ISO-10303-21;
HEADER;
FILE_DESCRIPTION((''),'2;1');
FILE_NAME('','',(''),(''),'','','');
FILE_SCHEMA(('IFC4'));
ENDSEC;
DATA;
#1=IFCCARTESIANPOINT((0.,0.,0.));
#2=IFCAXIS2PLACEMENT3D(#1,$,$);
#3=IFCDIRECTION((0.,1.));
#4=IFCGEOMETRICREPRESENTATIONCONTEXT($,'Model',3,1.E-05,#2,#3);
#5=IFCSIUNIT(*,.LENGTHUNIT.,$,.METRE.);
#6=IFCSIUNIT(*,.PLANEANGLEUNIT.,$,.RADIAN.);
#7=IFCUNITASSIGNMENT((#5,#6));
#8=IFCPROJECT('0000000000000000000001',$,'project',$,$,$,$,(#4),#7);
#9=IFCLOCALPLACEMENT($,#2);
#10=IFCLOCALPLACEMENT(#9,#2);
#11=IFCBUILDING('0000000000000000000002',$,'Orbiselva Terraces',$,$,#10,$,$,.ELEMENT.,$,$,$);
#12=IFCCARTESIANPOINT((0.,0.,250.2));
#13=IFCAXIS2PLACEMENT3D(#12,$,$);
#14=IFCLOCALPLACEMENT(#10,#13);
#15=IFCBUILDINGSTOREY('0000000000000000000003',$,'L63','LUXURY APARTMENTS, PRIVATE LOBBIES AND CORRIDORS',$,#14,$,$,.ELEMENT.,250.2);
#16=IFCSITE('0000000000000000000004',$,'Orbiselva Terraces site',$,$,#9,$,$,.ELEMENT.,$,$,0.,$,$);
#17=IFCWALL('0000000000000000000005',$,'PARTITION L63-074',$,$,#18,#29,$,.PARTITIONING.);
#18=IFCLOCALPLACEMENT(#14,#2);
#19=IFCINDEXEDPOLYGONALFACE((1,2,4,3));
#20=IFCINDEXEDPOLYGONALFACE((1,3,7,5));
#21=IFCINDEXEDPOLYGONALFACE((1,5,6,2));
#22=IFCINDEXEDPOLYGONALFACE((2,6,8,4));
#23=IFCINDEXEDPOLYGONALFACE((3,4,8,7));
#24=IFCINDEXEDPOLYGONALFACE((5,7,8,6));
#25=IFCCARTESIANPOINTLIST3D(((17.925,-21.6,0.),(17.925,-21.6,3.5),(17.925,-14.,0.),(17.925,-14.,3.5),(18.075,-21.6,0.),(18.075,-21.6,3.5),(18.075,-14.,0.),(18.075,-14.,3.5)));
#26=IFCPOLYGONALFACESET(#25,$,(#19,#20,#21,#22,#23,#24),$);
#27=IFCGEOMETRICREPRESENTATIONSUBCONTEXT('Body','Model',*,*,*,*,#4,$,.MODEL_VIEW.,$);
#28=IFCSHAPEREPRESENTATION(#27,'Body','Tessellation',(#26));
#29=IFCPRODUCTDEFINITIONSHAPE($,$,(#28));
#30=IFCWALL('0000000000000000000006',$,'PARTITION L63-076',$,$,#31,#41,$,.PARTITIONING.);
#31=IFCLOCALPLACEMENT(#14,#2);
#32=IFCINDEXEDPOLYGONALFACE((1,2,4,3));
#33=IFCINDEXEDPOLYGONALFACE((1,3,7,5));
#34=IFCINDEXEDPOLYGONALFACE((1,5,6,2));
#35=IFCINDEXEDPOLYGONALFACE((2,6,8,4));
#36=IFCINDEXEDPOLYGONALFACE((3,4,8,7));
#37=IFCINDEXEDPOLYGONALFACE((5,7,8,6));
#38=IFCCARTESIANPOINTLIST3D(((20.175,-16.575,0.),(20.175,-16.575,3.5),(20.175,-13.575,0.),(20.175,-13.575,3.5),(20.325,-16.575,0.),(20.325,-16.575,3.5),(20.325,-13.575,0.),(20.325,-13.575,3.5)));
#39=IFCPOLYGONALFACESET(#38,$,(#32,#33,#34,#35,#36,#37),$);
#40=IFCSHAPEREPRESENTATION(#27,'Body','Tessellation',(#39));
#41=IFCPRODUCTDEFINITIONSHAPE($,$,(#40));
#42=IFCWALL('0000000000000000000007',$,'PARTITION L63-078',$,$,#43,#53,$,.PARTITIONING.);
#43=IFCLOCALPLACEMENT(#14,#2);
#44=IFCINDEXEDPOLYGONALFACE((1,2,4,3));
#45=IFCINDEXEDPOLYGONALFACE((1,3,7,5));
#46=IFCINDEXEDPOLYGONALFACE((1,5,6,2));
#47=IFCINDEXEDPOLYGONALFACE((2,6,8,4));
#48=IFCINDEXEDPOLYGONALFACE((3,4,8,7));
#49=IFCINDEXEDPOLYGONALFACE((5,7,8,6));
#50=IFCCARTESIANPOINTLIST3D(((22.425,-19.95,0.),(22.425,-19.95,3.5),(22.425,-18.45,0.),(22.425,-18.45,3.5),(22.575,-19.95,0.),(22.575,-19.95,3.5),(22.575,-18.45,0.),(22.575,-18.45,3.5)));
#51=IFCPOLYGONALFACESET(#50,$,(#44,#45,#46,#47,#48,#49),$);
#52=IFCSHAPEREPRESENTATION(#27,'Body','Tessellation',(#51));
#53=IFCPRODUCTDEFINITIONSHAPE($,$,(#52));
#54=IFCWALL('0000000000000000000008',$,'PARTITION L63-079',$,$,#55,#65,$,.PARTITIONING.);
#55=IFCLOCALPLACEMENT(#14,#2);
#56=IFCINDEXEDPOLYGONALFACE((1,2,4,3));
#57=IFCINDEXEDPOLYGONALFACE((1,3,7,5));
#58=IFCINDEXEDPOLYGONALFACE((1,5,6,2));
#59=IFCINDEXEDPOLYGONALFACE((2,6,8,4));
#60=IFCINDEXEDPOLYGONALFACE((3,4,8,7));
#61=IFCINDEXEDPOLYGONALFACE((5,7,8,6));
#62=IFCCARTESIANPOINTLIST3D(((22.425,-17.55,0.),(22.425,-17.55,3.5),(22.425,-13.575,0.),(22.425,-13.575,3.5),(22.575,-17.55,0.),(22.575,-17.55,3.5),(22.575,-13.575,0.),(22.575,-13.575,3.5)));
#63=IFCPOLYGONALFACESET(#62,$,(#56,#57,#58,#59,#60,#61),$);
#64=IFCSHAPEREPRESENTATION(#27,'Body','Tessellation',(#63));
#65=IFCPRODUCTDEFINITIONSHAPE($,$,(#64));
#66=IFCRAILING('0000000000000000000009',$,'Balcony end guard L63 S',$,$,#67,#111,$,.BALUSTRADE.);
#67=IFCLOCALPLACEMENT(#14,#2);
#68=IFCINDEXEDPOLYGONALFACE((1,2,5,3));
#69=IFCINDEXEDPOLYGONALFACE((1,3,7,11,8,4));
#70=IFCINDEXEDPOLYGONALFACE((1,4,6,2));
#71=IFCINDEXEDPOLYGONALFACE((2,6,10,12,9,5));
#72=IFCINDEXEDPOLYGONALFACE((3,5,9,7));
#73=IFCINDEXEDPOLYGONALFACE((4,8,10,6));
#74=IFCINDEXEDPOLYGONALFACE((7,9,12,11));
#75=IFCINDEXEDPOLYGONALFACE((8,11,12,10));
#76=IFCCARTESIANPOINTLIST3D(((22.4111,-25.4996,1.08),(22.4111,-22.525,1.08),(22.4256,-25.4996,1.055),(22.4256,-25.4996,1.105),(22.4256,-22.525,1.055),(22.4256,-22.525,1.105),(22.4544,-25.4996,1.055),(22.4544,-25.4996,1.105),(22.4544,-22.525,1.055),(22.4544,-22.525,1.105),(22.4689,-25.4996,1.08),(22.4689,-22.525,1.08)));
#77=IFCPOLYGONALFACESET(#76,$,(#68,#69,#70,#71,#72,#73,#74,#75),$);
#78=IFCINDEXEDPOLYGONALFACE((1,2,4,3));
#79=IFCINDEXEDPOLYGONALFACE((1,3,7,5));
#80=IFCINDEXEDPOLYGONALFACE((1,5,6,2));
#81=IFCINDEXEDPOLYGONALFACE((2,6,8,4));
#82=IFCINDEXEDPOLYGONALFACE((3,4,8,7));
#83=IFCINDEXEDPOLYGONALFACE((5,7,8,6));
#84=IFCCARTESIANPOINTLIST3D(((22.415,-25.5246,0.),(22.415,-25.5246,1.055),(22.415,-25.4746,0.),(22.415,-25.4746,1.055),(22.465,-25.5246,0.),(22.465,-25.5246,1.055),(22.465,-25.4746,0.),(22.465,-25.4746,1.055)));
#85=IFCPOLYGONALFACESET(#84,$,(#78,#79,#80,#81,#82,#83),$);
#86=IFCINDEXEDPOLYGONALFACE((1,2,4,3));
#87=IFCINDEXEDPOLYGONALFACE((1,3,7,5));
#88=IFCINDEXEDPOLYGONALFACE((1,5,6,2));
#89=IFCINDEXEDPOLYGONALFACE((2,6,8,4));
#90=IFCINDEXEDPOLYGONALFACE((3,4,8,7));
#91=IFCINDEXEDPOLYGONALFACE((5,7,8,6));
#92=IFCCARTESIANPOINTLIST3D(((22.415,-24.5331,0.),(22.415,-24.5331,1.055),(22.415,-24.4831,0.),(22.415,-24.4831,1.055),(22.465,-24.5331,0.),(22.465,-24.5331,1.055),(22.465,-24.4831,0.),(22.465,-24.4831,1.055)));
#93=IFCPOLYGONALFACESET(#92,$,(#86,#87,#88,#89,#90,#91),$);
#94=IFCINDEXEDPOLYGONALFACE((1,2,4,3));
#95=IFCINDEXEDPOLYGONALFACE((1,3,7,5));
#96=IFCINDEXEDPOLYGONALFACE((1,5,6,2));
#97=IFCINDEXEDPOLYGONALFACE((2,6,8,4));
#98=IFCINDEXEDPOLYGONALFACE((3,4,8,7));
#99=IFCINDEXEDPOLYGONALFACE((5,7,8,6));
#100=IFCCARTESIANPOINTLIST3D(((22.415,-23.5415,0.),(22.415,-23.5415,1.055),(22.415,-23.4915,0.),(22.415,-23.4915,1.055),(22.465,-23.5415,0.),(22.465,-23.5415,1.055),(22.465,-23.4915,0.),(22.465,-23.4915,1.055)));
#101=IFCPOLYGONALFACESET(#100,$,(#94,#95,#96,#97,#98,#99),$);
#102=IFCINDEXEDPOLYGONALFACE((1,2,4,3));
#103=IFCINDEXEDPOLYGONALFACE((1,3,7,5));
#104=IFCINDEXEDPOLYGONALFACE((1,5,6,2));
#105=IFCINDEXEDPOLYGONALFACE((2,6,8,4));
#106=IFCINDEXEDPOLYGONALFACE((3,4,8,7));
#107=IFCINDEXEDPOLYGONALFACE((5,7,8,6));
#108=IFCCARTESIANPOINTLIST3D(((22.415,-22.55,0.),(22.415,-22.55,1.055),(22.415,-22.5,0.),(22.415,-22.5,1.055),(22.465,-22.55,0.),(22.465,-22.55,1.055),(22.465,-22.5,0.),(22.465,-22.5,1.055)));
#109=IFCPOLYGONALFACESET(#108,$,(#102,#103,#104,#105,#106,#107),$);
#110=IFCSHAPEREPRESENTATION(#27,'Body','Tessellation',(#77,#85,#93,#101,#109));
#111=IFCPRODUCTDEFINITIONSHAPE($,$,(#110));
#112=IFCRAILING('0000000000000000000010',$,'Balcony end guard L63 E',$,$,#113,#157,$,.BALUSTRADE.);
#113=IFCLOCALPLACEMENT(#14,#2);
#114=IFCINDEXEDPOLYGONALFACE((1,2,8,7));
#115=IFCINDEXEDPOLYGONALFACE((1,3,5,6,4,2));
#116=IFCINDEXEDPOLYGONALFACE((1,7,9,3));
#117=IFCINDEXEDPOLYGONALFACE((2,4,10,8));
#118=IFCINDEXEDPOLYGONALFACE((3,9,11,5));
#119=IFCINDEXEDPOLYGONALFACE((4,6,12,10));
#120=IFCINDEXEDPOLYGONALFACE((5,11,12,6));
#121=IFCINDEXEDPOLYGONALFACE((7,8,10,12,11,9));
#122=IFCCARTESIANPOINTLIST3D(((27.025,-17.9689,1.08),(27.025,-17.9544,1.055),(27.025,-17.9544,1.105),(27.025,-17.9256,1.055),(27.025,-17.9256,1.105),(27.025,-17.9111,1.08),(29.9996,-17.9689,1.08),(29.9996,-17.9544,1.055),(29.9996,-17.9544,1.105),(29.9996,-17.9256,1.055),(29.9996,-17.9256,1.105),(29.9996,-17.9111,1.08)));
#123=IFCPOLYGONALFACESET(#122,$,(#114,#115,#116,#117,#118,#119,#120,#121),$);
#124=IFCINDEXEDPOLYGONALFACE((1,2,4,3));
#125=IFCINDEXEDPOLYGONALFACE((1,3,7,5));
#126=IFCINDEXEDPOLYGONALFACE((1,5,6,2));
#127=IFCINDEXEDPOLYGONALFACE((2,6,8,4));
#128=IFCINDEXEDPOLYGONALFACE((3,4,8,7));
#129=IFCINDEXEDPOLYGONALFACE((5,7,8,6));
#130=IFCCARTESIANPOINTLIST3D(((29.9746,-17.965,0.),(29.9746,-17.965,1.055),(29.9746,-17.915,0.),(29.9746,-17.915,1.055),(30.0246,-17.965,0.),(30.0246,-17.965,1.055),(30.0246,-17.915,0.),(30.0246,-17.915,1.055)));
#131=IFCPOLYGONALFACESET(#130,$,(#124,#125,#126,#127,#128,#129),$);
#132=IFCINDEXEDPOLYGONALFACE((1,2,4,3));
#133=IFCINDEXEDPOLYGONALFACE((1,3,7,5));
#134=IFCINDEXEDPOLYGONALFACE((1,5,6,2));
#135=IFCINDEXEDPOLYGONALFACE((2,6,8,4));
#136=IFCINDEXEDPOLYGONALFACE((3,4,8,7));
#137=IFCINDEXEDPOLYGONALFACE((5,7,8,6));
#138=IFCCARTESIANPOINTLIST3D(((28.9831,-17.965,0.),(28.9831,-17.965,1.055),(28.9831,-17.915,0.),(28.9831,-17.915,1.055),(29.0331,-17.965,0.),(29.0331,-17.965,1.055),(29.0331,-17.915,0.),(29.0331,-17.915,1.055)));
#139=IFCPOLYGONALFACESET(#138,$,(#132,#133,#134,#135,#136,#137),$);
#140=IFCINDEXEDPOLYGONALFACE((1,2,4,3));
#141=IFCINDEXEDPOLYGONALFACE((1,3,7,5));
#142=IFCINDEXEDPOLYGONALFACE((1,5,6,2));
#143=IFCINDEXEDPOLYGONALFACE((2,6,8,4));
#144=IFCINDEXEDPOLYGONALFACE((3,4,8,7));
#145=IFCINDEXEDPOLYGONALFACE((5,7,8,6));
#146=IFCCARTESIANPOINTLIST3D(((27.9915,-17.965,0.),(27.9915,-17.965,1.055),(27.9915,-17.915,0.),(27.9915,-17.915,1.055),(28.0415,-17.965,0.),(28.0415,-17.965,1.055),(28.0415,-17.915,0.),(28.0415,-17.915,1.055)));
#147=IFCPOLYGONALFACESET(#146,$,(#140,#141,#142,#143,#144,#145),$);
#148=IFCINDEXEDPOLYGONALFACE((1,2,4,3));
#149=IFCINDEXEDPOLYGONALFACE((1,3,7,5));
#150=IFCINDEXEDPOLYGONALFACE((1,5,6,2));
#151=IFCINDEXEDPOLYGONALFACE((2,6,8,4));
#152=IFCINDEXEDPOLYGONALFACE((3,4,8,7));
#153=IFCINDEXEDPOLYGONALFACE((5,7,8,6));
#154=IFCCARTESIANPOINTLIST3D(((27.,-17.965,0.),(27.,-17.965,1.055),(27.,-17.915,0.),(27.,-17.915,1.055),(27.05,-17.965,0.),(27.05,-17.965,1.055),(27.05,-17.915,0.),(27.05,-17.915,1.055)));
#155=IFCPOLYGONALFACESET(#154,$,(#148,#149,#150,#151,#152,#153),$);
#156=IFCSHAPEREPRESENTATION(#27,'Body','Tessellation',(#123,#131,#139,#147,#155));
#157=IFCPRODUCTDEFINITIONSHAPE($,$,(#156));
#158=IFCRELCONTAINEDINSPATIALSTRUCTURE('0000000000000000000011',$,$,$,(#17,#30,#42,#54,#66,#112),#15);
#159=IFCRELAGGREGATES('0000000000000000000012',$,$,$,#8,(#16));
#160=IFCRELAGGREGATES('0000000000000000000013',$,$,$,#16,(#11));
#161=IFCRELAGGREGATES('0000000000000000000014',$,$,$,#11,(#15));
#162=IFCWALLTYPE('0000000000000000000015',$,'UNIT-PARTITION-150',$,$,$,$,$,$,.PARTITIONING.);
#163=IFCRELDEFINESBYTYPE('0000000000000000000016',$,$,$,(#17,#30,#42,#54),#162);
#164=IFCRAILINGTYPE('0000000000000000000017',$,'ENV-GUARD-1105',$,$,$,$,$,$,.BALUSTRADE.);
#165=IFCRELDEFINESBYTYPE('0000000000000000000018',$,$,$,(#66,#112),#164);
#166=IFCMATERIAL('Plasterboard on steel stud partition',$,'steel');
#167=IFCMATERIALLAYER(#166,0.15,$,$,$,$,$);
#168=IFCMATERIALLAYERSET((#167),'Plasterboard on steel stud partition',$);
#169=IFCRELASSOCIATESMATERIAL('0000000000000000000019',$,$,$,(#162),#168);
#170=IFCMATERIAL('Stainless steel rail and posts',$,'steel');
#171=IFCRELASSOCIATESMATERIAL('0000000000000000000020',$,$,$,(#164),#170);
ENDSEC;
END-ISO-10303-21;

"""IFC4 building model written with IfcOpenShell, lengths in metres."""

from ifc_helpers import new_model, si_unit, direction, frame, frame_2d, origin, origin_2d, place, context, subcontext, project, spatial, polyline, rectangle, outline, extrude, material, layer, layer_set, type_object, element, save


model = new_model("IFC4")

# Units and contexts
model_context = context("Model", 3, precision=1e-05, world=origin(), true_north=direction((0.0, 1.0)))
body_context = subcontext(model_context, "Body", "Model", "MODEL_VIEW")
ifc_project = project(units=[si_unit("LENGTHUNIT", "METRE"), si_unit("PLANEANGLEUNIT", "RADIAN")], contexts=[model_context])

# Site, building, storey
site_placement = place(None, origin())
site = spatial("IfcSite", under=ifc_project, at=site_placement, Name="Orbiselva Terraces site", CompositionType="ELEMENT", RefElevation=0.0)
building_placement = place(site_placement, origin())
building = spatial("IfcBuilding", under=site, at=building_placement, Name="Orbiselva Terraces", CompositionType="ELEMENT")
storey_placement = place(building_placement, frame((0.0, 0.0, 250.2)))
storey = spatial("IfcBuildingStorey", under=building, at=storey_placement, Name="L63", Description="LUXURY APARTMENTS, PRIVATE LOBBIES AND CORRIDORS", CompositionType="ELEMENT", Elevation=250.2)

# Walls
ifc_material_1 = material(Name="Plasterboard on steel stud partition", Category="steel")
ifc_layer_1 = layer(ifc_material_1, 0.15)
ifc_layer_set_1 = layer_set([ifc_layer_1], Name="Plasterboard on steel stud partition")
wall_type_1 = type_object("IfcWallType", Name="UNIT-PARTITION-150", PredefinedType="PARTITIONING", material=ifc_layer_set_1)
wall_1_placement = place(storey_placement, frame((18.0, -21.6, 0.0), z_axis=(0.0, 0.0, 1.0), x_axis=(0.0, 1.0, 0.0)))
element("IfcWall", 1, at=wall_1_placement, inside=storey, type_object=wall_type_1, Name="PARTITION L63-074", PredefinedType="PARTITIONING", context=body_context, shape_type="SweptSolid", body=[
    extrude(rectangle(XDim=7.6, YDim=0.15, at=frame_2d((3.8, 0.0))), origin(), (0.0, 0.0, 1.0), 3.5),
])
wall_2_placement = place(storey_placement, frame((20.25, -16.575, 0.0), z_axis=(0.0, 0.0, 1.0), x_axis=(0.0, 1.0, 0.0)))
element("IfcWall", 2, at=wall_2_placement, inside=storey, type_object=wall_type_1, Name="PARTITION L63-076", PredefinedType="PARTITIONING", context=body_context, shape_type="SweptSolid", body=[
    extrude(rectangle(XDim=3.0, YDim=0.15, at=frame_2d((1.5, 0.0))), origin(), (0.0, 0.0, 1.0), 3.5),
])
wall_3_placement = place(storey_placement, frame((22.5, -19.95, 0.0), z_axis=(0.0, 0.0, 1.0), x_axis=(0.0, 1.0, 0.0)))
element("IfcWall", 3, at=wall_3_placement, inside=storey, type_object=wall_type_1, Name="PARTITION L63-078", PredefinedType="PARTITIONING", context=body_context, shape_type="SweptSolid", body=[
    extrude(rectangle(XDim=1.5, YDim=0.15, at=frame_2d((0.75, 0.0))), origin(), (0.0, 0.0, 1.0), 3.5),
])
wall_4_placement = place(storey_placement, frame((22.5, -17.55, 0.0), z_axis=(0.0, 0.0, 1.0), x_axis=(0.0, 1.0, 0.0)))
element("IfcWall", 4, at=wall_4_placement, inside=storey, type_object=wall_type_1, Name="PARTITION L63-079", PredefinedType="PARTITIONING", context=body_context, shape_type="SweptSolid", body=[
    extrude(rectangle(XDim=3.975, YDim=0.15, at=frame_2d((1.9875, 0.0))), origin(), (0.0, 0.0, 1.0), 3.5),
])

# Railings
ifc_material_2 = material(Name="Stainless steel rail and posts", Category="steel")
railing_type_1 = type_object("IfcRailingType", Name="ENV-GUARD-1105", PredefinedType="BALUSTRADE", material=ifc_material_2)
railing_1_placement = place(storey_placement, frame((22.44, -25.4996, 0.0)))
element("IfcRailing", 5, at=railing_1_placement, inside=storey, type_object=railing_type_1, Name="Balcony end guard L63 S", PredefinedType="BALUSTRADE", context=body_context, shape_type="SweptSolid", body=[
    extrude(outline(polyline([(0.0289, 0.0), (0.0144, 0.025), (-0.0144, 0.025), (-0.0289, 0.0), (-0.0144, -0.025), (0.0144, -0.025), (0.0289, 0.0)])), frame((0.0, 0.0, 1.08), z_axis=(0.0, 1.0, 0.0), x_axis=(-1.0, 0.0, 0.0)), (0.0, 0.0, 1.0), 2.9746),
    extrude(rectangle(XDim=0.05, YDim=0.05, at=origin_2d()), origin(), (0.0, 0.0, 1.0), 1.055),
    extrude(rectangle(XDim=0.05, YDim=0.05, at=origin_2d()), frame((0.0, 0.9915, 0.0)), (0.0, 0.0, 1.0), 1.055),
    extrude(rectangle(XDim=0.05, YDim=0.05, at=origin_2d()), frame((0.0, 1.9831, 0.0)), (0.0, 0.0, 1.0), 1.055),
    extrude(rectangle(XDim=0.05, YDim=0.05, at=origin_2d()), frame((0.0, 2.9746, 0.0)), (0.0, 0.0, 1.0), 1.055),
])
railing_2_placement = place(storey_placement, frame((29.9996, -17.94, 0.0)))
element("IfcRailing", 6, at=railing_2_placement, inside=storey, type_object=railing_type_1, Name="Balcony end guard L63 E", PredefinedType="BALUSTRADE", context=body_context, shape_type="SweptSolid", body=[
    extrude(outline(polyline([(0.0289, 0.0), (0.0144, 0.025), (-0.0144, 0.025), (-0.0289, 0.0), (-0.0144, -0.025), (0.0144, -0.025), (0.0289, 0.0)])), frame((0.0, 0.0, 1.08), z_axis=(-1.0, 0.0, 0.0), x_axis=(0.0, -1.0, 0.0)), (0.0, 0.0, 1.0), 2.9746),
    extrude(rectangle(XDim=0.05, YDim=0.05, at=origin_2d()), origin(), (0.0, 0.0, 1.0), 1.055),
    extrude(rectangle(XDim=0.05, YDim=0.05, at=origin_2d()), frame((-0.9915, 0.0, 0.0)), (0.0, 0.0, 1.0), 1.055),
    extrude(rectangle(XDim=0.05, YDim=0.05, at=origin_2d()), frame((-1.9831, 0.0, 0.0)), (0.0, 0.0, 1.0), 1.055),
    extrude(rectangle(XDim=0.05, YDim=0.05, at=origin_2d()), frame((-2.9746, 0.0, 0.0)), (0.0, 0.0, 1.0), 1.055),
])

save(model, "model.ifc")
